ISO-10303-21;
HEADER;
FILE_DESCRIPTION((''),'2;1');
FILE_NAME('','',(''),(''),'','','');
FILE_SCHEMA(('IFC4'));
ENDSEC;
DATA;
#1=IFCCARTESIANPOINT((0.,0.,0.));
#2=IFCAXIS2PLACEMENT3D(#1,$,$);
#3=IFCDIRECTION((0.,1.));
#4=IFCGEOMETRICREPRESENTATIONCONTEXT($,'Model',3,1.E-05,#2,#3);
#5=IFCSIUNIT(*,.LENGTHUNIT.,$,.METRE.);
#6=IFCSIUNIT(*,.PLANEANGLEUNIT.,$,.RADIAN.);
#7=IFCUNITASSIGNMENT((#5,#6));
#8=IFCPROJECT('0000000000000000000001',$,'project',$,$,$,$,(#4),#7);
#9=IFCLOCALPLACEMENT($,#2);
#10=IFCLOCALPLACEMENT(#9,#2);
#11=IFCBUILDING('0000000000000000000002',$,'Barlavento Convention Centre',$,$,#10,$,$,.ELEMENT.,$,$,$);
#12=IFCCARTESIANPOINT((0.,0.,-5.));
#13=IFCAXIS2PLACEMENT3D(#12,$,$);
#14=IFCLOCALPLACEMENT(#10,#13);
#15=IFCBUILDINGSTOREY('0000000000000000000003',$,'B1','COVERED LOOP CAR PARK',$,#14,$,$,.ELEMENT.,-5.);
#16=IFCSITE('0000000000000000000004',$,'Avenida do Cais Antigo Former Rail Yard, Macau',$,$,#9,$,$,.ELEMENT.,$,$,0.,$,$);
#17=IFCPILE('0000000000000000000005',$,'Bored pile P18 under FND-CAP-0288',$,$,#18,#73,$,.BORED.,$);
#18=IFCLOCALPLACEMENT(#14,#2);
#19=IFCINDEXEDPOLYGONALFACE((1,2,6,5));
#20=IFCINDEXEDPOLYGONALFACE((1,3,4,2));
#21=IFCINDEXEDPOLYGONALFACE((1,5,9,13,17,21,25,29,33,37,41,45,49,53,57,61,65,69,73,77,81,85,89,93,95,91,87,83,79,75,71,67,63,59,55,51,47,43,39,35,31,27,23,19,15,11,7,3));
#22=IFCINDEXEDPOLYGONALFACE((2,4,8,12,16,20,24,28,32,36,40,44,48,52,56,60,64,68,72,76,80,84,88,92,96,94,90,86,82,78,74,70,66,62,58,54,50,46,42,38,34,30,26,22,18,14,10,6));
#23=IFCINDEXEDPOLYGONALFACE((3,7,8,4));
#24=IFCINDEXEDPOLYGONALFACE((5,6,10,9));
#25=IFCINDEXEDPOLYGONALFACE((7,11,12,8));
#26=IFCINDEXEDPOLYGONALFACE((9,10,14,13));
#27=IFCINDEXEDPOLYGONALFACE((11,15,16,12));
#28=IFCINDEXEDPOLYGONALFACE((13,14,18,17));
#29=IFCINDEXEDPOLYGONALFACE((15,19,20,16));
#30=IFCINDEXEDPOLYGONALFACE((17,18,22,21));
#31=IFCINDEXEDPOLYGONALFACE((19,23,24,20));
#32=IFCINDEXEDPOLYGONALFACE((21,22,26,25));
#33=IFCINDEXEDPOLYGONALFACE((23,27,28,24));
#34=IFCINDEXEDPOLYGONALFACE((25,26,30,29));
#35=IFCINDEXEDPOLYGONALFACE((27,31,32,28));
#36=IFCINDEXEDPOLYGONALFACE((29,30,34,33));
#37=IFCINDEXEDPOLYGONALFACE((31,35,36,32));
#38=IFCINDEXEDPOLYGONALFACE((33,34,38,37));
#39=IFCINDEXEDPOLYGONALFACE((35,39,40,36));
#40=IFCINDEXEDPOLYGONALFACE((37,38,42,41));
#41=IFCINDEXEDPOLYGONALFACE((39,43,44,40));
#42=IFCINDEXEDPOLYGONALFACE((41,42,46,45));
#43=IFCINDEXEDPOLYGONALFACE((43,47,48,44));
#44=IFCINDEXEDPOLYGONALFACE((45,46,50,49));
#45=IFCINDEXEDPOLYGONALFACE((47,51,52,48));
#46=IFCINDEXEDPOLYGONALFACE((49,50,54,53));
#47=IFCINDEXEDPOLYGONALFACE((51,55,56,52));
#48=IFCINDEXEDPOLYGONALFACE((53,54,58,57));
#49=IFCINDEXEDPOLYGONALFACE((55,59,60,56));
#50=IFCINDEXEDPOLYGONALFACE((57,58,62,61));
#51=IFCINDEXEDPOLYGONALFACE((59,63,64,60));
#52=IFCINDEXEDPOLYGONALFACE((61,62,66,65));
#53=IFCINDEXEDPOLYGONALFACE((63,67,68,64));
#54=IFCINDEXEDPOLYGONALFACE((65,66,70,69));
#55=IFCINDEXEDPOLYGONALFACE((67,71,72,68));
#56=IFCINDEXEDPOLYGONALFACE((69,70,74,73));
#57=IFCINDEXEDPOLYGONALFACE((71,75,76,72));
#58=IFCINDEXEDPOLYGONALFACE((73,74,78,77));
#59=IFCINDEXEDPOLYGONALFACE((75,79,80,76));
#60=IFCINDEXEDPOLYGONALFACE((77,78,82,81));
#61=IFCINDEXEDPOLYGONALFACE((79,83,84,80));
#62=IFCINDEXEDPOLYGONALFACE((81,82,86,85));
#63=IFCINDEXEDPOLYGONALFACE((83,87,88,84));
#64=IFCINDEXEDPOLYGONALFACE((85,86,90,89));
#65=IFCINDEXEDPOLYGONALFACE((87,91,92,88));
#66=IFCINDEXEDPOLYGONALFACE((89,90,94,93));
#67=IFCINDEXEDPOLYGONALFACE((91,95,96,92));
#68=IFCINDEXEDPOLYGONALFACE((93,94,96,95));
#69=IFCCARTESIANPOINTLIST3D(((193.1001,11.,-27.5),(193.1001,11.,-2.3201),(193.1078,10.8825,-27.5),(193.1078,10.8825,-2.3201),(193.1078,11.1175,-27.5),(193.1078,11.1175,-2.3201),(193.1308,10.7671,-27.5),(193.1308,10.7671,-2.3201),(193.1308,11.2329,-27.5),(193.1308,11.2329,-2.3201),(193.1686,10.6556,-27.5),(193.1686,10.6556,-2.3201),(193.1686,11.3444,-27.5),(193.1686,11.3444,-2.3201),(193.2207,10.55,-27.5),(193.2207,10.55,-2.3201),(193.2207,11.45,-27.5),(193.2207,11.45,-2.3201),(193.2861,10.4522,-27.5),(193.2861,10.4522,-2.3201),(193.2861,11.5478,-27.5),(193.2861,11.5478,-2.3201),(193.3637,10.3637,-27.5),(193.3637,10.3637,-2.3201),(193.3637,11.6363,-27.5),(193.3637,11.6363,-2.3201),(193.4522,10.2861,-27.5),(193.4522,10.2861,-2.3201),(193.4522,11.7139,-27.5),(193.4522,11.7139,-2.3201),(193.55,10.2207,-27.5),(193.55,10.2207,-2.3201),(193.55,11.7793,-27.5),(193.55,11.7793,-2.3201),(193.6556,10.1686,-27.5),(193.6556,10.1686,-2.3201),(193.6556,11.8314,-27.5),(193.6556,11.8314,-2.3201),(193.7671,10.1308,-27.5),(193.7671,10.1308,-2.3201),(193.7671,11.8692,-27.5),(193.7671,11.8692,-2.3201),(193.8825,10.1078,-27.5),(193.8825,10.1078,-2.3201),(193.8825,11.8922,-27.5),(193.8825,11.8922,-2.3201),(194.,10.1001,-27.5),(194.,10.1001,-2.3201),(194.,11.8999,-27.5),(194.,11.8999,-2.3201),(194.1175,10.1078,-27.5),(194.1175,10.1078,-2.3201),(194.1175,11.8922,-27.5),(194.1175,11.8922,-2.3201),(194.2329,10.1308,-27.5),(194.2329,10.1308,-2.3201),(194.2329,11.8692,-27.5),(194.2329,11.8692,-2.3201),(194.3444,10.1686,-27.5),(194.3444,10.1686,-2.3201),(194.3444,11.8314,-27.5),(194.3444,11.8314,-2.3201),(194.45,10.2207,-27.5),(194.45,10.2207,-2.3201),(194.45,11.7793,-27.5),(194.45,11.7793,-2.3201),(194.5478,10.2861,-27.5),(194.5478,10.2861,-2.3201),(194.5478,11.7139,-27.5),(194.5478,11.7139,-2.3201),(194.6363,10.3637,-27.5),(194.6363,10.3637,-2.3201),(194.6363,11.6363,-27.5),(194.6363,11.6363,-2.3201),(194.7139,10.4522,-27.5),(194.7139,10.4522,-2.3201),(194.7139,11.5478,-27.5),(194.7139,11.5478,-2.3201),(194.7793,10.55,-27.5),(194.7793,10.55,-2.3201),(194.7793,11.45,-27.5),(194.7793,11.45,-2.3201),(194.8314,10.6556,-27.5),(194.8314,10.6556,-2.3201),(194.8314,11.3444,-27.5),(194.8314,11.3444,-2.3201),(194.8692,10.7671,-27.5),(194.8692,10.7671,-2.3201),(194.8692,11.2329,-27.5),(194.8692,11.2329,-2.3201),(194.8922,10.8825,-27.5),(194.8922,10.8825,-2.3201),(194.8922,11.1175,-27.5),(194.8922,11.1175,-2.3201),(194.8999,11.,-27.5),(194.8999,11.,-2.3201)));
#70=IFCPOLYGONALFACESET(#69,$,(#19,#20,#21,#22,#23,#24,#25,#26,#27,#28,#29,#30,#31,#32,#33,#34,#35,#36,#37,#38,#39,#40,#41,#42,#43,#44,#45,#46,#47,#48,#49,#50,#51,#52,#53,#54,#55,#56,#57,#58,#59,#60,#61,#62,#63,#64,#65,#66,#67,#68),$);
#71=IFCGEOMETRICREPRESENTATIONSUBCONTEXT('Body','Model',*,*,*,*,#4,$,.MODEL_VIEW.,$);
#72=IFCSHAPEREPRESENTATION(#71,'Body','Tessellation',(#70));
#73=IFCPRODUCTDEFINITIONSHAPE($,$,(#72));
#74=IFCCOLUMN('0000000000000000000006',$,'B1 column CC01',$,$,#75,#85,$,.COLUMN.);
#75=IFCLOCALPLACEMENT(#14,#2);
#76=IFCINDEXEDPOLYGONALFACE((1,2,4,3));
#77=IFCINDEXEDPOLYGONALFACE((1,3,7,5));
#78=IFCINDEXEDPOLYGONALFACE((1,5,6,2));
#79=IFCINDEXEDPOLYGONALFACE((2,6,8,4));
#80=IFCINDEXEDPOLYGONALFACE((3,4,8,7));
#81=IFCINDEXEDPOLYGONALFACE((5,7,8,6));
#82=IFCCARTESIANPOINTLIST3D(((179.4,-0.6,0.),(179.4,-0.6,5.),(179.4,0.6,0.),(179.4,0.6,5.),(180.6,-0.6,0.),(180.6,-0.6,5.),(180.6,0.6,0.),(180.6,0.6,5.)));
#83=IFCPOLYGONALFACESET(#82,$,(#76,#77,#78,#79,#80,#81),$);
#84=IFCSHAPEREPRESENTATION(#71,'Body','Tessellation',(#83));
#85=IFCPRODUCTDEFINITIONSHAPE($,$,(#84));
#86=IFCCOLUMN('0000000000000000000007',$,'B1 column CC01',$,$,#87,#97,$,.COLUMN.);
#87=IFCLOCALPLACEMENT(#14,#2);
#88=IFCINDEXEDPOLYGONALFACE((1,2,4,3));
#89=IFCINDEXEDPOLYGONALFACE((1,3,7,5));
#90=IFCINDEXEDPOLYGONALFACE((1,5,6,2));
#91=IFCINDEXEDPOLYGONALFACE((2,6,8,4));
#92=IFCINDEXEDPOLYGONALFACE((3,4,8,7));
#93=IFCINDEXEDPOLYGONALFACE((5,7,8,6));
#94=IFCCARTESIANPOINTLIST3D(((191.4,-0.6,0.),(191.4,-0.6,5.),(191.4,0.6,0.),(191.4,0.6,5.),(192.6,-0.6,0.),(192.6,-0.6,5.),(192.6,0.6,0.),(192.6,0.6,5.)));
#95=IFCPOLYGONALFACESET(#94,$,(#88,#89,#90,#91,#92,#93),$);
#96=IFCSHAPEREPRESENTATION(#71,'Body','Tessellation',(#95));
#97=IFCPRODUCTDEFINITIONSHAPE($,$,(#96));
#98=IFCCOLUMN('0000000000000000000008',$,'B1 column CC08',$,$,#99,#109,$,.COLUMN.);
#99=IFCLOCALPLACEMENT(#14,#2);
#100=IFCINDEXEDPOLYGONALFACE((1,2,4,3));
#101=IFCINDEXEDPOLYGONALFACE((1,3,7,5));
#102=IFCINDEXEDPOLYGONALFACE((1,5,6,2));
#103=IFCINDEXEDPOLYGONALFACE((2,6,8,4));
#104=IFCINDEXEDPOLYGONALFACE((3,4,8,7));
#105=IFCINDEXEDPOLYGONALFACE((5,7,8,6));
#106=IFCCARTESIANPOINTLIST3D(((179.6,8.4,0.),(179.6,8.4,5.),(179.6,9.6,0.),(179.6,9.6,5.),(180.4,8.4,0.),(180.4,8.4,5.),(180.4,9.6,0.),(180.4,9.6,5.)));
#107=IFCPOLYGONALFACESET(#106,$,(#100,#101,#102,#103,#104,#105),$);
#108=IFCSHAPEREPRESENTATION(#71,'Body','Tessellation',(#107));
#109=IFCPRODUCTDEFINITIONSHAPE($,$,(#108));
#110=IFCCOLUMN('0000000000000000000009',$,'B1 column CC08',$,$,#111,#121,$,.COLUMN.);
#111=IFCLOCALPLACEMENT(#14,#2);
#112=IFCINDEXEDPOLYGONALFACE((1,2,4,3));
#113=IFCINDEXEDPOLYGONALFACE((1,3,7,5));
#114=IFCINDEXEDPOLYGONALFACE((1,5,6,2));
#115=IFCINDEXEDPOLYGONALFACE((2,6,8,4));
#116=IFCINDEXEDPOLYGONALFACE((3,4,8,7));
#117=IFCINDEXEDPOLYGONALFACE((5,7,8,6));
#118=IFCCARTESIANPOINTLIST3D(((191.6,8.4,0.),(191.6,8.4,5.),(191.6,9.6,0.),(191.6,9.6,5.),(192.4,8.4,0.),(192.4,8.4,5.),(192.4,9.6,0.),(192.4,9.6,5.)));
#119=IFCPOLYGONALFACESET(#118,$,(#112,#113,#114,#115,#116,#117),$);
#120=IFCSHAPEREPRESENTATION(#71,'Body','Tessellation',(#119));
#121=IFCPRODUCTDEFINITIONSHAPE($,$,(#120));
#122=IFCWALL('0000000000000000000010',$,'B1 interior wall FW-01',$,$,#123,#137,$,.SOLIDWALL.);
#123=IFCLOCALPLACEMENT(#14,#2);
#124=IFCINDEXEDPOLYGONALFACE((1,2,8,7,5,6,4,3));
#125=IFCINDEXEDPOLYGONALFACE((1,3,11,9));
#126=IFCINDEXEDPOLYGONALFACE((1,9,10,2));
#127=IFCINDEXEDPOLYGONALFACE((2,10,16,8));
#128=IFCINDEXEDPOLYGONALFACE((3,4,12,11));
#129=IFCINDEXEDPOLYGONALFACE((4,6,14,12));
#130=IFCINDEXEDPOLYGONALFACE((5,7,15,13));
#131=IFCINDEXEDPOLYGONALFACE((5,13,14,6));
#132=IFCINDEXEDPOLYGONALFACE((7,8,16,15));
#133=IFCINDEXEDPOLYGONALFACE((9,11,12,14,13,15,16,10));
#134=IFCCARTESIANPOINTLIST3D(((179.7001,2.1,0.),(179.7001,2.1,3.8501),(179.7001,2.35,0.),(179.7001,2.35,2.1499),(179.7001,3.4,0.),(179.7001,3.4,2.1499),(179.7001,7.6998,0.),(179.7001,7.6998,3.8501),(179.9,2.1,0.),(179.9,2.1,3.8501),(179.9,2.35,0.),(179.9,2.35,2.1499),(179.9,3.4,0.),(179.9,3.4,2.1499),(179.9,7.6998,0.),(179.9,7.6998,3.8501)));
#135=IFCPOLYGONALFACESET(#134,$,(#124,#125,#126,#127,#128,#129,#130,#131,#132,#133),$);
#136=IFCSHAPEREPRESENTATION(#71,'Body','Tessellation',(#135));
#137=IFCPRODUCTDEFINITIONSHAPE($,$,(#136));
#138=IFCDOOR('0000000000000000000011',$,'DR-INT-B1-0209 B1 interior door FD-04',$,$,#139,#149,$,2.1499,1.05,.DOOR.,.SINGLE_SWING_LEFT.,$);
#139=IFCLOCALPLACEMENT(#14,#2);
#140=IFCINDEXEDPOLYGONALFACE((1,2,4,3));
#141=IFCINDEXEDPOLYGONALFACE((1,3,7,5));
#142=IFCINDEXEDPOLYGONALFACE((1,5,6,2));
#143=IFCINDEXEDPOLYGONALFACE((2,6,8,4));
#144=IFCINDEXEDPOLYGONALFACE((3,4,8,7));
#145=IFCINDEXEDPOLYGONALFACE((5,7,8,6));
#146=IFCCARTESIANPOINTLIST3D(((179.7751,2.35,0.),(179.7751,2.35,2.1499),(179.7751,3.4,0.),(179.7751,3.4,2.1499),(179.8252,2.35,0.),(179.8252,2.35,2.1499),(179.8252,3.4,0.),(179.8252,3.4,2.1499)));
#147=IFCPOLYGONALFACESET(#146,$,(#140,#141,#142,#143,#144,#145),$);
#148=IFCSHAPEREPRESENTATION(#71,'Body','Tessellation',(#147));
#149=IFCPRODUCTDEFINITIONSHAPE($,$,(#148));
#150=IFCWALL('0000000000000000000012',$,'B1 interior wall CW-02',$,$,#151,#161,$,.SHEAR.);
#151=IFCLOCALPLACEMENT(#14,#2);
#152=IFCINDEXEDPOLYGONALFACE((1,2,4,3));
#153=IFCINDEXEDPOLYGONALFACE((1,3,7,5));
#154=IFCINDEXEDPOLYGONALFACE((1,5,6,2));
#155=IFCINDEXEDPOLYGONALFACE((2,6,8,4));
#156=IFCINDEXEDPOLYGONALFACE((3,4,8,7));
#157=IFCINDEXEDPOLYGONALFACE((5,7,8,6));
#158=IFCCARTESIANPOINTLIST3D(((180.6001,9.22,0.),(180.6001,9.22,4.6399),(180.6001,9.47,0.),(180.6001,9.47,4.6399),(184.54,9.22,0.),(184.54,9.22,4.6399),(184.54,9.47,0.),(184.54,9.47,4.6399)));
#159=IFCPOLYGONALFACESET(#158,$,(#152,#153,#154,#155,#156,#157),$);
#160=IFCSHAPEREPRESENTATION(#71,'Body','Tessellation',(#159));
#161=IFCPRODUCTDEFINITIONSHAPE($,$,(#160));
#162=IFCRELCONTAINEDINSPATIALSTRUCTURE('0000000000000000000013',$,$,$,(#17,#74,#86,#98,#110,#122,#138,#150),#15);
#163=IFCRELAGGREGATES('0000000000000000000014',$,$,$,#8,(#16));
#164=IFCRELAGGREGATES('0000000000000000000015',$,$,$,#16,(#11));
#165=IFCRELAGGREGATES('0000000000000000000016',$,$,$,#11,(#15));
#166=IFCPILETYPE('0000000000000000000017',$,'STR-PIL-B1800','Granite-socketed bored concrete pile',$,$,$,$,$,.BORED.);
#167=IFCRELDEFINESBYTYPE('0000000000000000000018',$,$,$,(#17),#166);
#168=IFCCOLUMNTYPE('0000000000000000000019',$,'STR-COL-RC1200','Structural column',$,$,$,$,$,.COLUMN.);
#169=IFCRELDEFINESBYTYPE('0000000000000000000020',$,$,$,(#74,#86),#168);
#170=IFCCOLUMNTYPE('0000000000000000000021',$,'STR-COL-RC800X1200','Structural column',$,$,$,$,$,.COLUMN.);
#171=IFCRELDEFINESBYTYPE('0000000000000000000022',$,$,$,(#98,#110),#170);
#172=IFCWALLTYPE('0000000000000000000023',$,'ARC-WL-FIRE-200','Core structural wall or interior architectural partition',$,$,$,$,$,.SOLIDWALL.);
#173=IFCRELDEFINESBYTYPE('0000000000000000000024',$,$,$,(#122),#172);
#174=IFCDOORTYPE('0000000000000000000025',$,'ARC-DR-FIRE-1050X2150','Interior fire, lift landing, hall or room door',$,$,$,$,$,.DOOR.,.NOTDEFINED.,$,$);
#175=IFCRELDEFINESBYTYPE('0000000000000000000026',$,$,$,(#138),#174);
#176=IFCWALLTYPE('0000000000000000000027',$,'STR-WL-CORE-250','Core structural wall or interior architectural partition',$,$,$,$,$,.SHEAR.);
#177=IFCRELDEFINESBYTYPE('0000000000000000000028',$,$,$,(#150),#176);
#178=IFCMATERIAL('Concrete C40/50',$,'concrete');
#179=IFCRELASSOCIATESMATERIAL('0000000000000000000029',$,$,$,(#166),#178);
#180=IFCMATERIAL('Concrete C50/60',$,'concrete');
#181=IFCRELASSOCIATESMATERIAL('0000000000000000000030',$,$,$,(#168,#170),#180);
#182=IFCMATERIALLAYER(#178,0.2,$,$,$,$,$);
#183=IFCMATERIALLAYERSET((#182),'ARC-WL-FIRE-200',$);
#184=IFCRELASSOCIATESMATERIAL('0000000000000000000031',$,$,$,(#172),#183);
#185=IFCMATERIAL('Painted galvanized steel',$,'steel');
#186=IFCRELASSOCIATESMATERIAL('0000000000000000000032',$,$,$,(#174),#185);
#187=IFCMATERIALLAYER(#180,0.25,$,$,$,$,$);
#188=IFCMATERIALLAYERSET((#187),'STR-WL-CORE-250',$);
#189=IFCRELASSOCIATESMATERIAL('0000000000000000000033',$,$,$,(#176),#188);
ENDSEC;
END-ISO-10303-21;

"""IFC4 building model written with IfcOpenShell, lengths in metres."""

from ifc_helpers import new_model, si_unit, direction, frame, frame_2d, origin, origin_2d, place, context, subcontext, project, spatial, rectangle, circle, extrude, material, layer, layer_set, material_profile, profile_set, type_object, element, fill, save


model = new_model("IFC4")

# Units and contexts
model_context = context("Model", 3, precision=1e-05, world=origin(), true_north=direction((0.0, 1.0)))
body_context = subcontext(model_context, "Body", "Model", "MODEL_VIEW")
ifc_project = project(units=[si_unit("LENGTHUNIT", "METRE"), si_unit("PLANEANGLEUNIT", "RADIAN")], contexts=[model_context])

# Site, building, storey
site_placement = place(None, origin())
site = spatial("IfcSite", under=ifc_project, at=site_placement, Name="Avenida do Cais Antigo Former Rail Yard, Macau", CompositionType="ELEMENT", RefElevation=0.0)
building_placement = place(site_placement, origin())
building = spatial("IfcBuilding", under=site, at=building_placement, Name="Barlavento Convention Centre", CompositionType="ELEMENT")
storey_placement = place(building_placement, frame((0.0, 0.0, -5.0)))
storey = spatial("IfcBuildingStorey", under=building, at=storey_placement, Name="B1", Description="COVERED LOOP CAR PARK", CompositionType="ELEMENT", Elevation=-5.0)

# Shared definitions
ifc_material_1 = material(Name="Concrete C40/50", Category="concrete")

# Pile
ifc_material_profile_1 = material_profile(ifc_material_1, circle(Radius=0.8999, at=origin_2d()), Name="BORED PILE 1800")
ifc_profile_set_1 = profile_set([ifc_material_profile_1], Name="Concrete C40/50")
pile_type_1 = type_object("IfcPileType", Name="STR-PIL-B1800", Description="Granite-socketed bored concrete pile", PredefinedType="BORED", material=ifc_profile_set_1)
for number, where, z_axis, x_axis, name in (
    (1, (194.0, 11.0, -2.3201), (0.0, 0.0, -1.0), (1.0, 0.0, 0.0), "Bored pile P18 under FND-CAP-0288"),
):
    element("IfcPile", number, at=place(storey_placement, frame(where, z_axis=z_axis, x_axis=x_axis)), inside=storey, type_object=pile_type_1, Name=name, PredefinedType="BORED", context=body_context, shape_type="SweptSolid", body=[
        extrude(circle(Radius=0.8999, at=origin_2d()), origin(), (0.0, 0.0, 1.0), 25.1799),
    ])

# Columns
ifc_material_2 = material(Name="Concrete C50/60", Category="concrete")
ifc_material_profile_2 = material_profile(ifc_material_2, rectangle(XDim=1.2, YDim=1.2, at=origin_2d()), Name="RC 1200x1200")
ifc_profile_set_2 = profile_set([ifc_material_profile_2], Name="Concrete C50/60")
column_type_1 = type_object("IfcColumnType", Name="STR-COL-RC1200", Description="Structural column", PredefinedType="COLUMN", material=ifc_profile_set_2)
for number, where, z_axis, x_axis, name in (
    (2, (180.0, 0.0, 0.0), (0.0, 0.0, 1.0), (1.0, 0.0, 0.0), "B1 column CC01"),
    (3, (192.0, 0.0, 0.0), (0.0, 0.0, 1.0), (1.0, 0.0, 0.0), "B1 column CC01"),
):
    element("IfcColumn", number, at=place(storey_placement, frame(where, z_axis=z_axis, x_axis=x_axis)), inside=storey, type_object=column_type_1, Name=name, PredefinedType="COLUMN", context=body_context, shape_type="SweptSolid", body=[
        extrude(rectangle(XDim=1.2, YDim=1.2, at=origin_2d()), origin(), (0.0, 0.0, 1.0), 5.0),
    ])
ifc_material_profile_3 = material_profile(ifc_material_2, rectangle(XDim=0.8, YDim=1.2, at=origin_2d()), Name="RC 800x1200")
ifc_profile_set_3 = profile_set([ifc_material_profile_3], Name="Concrete C50/60")
column_type_2 = type_object("IfcColumnType", Name="STR-COL-RC800X1200", Description="Structural column", PredefinedType="COLUMN", material=ifc_profile_set_3)
for number, where, z_axis, x_axis, name in (
    (4, (180.0, 9.0, 0.0), (0.0, 0.0, 1.0), (1.0, 0.0, 0.0), "B1 column CC08"),
    (5, (192.0, 9.0, 0.0), (0.0, 0.0, 1.0), (1.0, 0.0, 0.0), "B1 column CC08"),
):
    element("IfcColumn", number, at=place(storey_placement, frame(where, z_axis=z_axis, x_axis=x_axis)), inside=storey, type_object=column_type_2, Name=name, PredefinedType="COLUMN", context=body_context, shape_type="SweptSolid", body=[
        extrude(rectangle(XDim=0.8, YDim=1.2, at=origin_2d()), origin(), (0.0, 0.0, 1.0), 5.0),
    ])

# Wall, opening, door
ifc_layer_1 = layer(ifc_material_1, 0.2)
ifc_layer_set_1 = layer_set([ifc_layer_1], Name="ARC-WL-FIRE-200")
wall_type_1 = type_object("IfcWallType", Name="ARC-WL-FIRE-200", Description="Core structural wall or interior architectural partition", PredefinedType="SOLIDWALL", material=ifc_layer_set_1)
wall_1_placement = place(storey_placement, frame((179.8, 2.1001, 0.0), z_axis=(0.0, 0.0, 1.0), x_axis=(0.0, 1.0, 0.0)))
wall_1 = element("IfcWall", 6, at=wall_1_placement, inside=storey, type_object=wall_type_1, Name="B1 interior wall FW-01", PredefinedType="SOLIDWALL", context=body_context, shape_type="SweptSolid", body=[
    extrude(rectangle(XDim=5.5999, YDim=0.2, at=frame_2d((2.7998, 0.0))), origin(), (0.0, 0.0, 1.0), 3.8501),
])
opening_1_placement = place(wall_1_placement, frame((0.25, 0.0, 0.0)))
opening_1 = element("IfcOpeningElement", 7, at=opening_1_placement, cuts=wall_1, PredefinedType="OPENING", context=body_context, shape_type="SweptSolid", body=[
    extrude(rectangle(XDim=1.05, YDim=2.1499, at=frame_2d((0.5249, 1.075))), frame((0.0, 0.1099, 0.0), z_axis=(0.0, -1.0, 0.0), x_axis=(1.0, 0.0, 0.0)), (0.0, 0.0, 1.0), 0.22),
])
ifc_material_3 = material(Name="Painted galvanized steel", Category="steel")
door_type_1 = type_object("IfcDoorType", Name="ARC-DR-FIRE-1050X2150", Description="Interior fire, lift landing, hall or room door", OperationType="NOTDEFINED", PredefinedType="DOOR", material=ifc_material_3)
door_1_placement = place(opening_1_placement, origin())
door_1 = element("IfcDoor", 8, at=door_1_placement, inside=storey, type_object=door_type_1, Name="DR-INT-B1-0209 B1 interior door FD-04", OperationType="SINGLE_SWING_LEFT", OverallHeight=2.1499, OverallWidth=1.05, PredefinedType="DOOR", context=body_context, shape_type="SweptSolid", body=[
    extrude(rectangle(XDim=1.05, YDim=2.1499, at=frame_2d((0.5249, 1.075))), frame((0.0, 0.0249, 0.0), z_axis=(0.0, -1.0, 0.0), x_axis=(1.0, 0.0, 0.0)), (0.0, 0.0, 1.0), 0.05),
])
fill(opening_1, door_1)

# Wall
ifc_layer_2 = layer(ifc_material_2, 0.25)
ifc_layer_set_2 = layer_set([ifc_layer_2], Name="STR-WL-CORE-250")
wall_type_2 = type_object("IfcWallType", Name="STR-WL-CORE-250", Description="Core structural wall or interior architectural partition", PredefinedType="SHEAR", material=ifc_layer_set_2)
wall_2_placement = place(storey_placement, frame((180.6001, 9.345, 0.0), z_axis=(0.0, 0.0, 1.0), x_axis=(1.0, 0.0, 0.0)))
element("IfcWall", 9, at=wall_2_placement, inside=storey, type_object=wall_type_2, Name="B1 interior wall CW-02", PredefinedType="SHEAR", context=body_context, shape_type="SweptSolid", body=[
    extrude(rectangle(XDim=3.9399, YDim=0.25, at=frame_2d((1.97, 0.0))), origin(), (0.0, 0.0, 1.0), 4.6399),
])

save(model, "model.ifc")
